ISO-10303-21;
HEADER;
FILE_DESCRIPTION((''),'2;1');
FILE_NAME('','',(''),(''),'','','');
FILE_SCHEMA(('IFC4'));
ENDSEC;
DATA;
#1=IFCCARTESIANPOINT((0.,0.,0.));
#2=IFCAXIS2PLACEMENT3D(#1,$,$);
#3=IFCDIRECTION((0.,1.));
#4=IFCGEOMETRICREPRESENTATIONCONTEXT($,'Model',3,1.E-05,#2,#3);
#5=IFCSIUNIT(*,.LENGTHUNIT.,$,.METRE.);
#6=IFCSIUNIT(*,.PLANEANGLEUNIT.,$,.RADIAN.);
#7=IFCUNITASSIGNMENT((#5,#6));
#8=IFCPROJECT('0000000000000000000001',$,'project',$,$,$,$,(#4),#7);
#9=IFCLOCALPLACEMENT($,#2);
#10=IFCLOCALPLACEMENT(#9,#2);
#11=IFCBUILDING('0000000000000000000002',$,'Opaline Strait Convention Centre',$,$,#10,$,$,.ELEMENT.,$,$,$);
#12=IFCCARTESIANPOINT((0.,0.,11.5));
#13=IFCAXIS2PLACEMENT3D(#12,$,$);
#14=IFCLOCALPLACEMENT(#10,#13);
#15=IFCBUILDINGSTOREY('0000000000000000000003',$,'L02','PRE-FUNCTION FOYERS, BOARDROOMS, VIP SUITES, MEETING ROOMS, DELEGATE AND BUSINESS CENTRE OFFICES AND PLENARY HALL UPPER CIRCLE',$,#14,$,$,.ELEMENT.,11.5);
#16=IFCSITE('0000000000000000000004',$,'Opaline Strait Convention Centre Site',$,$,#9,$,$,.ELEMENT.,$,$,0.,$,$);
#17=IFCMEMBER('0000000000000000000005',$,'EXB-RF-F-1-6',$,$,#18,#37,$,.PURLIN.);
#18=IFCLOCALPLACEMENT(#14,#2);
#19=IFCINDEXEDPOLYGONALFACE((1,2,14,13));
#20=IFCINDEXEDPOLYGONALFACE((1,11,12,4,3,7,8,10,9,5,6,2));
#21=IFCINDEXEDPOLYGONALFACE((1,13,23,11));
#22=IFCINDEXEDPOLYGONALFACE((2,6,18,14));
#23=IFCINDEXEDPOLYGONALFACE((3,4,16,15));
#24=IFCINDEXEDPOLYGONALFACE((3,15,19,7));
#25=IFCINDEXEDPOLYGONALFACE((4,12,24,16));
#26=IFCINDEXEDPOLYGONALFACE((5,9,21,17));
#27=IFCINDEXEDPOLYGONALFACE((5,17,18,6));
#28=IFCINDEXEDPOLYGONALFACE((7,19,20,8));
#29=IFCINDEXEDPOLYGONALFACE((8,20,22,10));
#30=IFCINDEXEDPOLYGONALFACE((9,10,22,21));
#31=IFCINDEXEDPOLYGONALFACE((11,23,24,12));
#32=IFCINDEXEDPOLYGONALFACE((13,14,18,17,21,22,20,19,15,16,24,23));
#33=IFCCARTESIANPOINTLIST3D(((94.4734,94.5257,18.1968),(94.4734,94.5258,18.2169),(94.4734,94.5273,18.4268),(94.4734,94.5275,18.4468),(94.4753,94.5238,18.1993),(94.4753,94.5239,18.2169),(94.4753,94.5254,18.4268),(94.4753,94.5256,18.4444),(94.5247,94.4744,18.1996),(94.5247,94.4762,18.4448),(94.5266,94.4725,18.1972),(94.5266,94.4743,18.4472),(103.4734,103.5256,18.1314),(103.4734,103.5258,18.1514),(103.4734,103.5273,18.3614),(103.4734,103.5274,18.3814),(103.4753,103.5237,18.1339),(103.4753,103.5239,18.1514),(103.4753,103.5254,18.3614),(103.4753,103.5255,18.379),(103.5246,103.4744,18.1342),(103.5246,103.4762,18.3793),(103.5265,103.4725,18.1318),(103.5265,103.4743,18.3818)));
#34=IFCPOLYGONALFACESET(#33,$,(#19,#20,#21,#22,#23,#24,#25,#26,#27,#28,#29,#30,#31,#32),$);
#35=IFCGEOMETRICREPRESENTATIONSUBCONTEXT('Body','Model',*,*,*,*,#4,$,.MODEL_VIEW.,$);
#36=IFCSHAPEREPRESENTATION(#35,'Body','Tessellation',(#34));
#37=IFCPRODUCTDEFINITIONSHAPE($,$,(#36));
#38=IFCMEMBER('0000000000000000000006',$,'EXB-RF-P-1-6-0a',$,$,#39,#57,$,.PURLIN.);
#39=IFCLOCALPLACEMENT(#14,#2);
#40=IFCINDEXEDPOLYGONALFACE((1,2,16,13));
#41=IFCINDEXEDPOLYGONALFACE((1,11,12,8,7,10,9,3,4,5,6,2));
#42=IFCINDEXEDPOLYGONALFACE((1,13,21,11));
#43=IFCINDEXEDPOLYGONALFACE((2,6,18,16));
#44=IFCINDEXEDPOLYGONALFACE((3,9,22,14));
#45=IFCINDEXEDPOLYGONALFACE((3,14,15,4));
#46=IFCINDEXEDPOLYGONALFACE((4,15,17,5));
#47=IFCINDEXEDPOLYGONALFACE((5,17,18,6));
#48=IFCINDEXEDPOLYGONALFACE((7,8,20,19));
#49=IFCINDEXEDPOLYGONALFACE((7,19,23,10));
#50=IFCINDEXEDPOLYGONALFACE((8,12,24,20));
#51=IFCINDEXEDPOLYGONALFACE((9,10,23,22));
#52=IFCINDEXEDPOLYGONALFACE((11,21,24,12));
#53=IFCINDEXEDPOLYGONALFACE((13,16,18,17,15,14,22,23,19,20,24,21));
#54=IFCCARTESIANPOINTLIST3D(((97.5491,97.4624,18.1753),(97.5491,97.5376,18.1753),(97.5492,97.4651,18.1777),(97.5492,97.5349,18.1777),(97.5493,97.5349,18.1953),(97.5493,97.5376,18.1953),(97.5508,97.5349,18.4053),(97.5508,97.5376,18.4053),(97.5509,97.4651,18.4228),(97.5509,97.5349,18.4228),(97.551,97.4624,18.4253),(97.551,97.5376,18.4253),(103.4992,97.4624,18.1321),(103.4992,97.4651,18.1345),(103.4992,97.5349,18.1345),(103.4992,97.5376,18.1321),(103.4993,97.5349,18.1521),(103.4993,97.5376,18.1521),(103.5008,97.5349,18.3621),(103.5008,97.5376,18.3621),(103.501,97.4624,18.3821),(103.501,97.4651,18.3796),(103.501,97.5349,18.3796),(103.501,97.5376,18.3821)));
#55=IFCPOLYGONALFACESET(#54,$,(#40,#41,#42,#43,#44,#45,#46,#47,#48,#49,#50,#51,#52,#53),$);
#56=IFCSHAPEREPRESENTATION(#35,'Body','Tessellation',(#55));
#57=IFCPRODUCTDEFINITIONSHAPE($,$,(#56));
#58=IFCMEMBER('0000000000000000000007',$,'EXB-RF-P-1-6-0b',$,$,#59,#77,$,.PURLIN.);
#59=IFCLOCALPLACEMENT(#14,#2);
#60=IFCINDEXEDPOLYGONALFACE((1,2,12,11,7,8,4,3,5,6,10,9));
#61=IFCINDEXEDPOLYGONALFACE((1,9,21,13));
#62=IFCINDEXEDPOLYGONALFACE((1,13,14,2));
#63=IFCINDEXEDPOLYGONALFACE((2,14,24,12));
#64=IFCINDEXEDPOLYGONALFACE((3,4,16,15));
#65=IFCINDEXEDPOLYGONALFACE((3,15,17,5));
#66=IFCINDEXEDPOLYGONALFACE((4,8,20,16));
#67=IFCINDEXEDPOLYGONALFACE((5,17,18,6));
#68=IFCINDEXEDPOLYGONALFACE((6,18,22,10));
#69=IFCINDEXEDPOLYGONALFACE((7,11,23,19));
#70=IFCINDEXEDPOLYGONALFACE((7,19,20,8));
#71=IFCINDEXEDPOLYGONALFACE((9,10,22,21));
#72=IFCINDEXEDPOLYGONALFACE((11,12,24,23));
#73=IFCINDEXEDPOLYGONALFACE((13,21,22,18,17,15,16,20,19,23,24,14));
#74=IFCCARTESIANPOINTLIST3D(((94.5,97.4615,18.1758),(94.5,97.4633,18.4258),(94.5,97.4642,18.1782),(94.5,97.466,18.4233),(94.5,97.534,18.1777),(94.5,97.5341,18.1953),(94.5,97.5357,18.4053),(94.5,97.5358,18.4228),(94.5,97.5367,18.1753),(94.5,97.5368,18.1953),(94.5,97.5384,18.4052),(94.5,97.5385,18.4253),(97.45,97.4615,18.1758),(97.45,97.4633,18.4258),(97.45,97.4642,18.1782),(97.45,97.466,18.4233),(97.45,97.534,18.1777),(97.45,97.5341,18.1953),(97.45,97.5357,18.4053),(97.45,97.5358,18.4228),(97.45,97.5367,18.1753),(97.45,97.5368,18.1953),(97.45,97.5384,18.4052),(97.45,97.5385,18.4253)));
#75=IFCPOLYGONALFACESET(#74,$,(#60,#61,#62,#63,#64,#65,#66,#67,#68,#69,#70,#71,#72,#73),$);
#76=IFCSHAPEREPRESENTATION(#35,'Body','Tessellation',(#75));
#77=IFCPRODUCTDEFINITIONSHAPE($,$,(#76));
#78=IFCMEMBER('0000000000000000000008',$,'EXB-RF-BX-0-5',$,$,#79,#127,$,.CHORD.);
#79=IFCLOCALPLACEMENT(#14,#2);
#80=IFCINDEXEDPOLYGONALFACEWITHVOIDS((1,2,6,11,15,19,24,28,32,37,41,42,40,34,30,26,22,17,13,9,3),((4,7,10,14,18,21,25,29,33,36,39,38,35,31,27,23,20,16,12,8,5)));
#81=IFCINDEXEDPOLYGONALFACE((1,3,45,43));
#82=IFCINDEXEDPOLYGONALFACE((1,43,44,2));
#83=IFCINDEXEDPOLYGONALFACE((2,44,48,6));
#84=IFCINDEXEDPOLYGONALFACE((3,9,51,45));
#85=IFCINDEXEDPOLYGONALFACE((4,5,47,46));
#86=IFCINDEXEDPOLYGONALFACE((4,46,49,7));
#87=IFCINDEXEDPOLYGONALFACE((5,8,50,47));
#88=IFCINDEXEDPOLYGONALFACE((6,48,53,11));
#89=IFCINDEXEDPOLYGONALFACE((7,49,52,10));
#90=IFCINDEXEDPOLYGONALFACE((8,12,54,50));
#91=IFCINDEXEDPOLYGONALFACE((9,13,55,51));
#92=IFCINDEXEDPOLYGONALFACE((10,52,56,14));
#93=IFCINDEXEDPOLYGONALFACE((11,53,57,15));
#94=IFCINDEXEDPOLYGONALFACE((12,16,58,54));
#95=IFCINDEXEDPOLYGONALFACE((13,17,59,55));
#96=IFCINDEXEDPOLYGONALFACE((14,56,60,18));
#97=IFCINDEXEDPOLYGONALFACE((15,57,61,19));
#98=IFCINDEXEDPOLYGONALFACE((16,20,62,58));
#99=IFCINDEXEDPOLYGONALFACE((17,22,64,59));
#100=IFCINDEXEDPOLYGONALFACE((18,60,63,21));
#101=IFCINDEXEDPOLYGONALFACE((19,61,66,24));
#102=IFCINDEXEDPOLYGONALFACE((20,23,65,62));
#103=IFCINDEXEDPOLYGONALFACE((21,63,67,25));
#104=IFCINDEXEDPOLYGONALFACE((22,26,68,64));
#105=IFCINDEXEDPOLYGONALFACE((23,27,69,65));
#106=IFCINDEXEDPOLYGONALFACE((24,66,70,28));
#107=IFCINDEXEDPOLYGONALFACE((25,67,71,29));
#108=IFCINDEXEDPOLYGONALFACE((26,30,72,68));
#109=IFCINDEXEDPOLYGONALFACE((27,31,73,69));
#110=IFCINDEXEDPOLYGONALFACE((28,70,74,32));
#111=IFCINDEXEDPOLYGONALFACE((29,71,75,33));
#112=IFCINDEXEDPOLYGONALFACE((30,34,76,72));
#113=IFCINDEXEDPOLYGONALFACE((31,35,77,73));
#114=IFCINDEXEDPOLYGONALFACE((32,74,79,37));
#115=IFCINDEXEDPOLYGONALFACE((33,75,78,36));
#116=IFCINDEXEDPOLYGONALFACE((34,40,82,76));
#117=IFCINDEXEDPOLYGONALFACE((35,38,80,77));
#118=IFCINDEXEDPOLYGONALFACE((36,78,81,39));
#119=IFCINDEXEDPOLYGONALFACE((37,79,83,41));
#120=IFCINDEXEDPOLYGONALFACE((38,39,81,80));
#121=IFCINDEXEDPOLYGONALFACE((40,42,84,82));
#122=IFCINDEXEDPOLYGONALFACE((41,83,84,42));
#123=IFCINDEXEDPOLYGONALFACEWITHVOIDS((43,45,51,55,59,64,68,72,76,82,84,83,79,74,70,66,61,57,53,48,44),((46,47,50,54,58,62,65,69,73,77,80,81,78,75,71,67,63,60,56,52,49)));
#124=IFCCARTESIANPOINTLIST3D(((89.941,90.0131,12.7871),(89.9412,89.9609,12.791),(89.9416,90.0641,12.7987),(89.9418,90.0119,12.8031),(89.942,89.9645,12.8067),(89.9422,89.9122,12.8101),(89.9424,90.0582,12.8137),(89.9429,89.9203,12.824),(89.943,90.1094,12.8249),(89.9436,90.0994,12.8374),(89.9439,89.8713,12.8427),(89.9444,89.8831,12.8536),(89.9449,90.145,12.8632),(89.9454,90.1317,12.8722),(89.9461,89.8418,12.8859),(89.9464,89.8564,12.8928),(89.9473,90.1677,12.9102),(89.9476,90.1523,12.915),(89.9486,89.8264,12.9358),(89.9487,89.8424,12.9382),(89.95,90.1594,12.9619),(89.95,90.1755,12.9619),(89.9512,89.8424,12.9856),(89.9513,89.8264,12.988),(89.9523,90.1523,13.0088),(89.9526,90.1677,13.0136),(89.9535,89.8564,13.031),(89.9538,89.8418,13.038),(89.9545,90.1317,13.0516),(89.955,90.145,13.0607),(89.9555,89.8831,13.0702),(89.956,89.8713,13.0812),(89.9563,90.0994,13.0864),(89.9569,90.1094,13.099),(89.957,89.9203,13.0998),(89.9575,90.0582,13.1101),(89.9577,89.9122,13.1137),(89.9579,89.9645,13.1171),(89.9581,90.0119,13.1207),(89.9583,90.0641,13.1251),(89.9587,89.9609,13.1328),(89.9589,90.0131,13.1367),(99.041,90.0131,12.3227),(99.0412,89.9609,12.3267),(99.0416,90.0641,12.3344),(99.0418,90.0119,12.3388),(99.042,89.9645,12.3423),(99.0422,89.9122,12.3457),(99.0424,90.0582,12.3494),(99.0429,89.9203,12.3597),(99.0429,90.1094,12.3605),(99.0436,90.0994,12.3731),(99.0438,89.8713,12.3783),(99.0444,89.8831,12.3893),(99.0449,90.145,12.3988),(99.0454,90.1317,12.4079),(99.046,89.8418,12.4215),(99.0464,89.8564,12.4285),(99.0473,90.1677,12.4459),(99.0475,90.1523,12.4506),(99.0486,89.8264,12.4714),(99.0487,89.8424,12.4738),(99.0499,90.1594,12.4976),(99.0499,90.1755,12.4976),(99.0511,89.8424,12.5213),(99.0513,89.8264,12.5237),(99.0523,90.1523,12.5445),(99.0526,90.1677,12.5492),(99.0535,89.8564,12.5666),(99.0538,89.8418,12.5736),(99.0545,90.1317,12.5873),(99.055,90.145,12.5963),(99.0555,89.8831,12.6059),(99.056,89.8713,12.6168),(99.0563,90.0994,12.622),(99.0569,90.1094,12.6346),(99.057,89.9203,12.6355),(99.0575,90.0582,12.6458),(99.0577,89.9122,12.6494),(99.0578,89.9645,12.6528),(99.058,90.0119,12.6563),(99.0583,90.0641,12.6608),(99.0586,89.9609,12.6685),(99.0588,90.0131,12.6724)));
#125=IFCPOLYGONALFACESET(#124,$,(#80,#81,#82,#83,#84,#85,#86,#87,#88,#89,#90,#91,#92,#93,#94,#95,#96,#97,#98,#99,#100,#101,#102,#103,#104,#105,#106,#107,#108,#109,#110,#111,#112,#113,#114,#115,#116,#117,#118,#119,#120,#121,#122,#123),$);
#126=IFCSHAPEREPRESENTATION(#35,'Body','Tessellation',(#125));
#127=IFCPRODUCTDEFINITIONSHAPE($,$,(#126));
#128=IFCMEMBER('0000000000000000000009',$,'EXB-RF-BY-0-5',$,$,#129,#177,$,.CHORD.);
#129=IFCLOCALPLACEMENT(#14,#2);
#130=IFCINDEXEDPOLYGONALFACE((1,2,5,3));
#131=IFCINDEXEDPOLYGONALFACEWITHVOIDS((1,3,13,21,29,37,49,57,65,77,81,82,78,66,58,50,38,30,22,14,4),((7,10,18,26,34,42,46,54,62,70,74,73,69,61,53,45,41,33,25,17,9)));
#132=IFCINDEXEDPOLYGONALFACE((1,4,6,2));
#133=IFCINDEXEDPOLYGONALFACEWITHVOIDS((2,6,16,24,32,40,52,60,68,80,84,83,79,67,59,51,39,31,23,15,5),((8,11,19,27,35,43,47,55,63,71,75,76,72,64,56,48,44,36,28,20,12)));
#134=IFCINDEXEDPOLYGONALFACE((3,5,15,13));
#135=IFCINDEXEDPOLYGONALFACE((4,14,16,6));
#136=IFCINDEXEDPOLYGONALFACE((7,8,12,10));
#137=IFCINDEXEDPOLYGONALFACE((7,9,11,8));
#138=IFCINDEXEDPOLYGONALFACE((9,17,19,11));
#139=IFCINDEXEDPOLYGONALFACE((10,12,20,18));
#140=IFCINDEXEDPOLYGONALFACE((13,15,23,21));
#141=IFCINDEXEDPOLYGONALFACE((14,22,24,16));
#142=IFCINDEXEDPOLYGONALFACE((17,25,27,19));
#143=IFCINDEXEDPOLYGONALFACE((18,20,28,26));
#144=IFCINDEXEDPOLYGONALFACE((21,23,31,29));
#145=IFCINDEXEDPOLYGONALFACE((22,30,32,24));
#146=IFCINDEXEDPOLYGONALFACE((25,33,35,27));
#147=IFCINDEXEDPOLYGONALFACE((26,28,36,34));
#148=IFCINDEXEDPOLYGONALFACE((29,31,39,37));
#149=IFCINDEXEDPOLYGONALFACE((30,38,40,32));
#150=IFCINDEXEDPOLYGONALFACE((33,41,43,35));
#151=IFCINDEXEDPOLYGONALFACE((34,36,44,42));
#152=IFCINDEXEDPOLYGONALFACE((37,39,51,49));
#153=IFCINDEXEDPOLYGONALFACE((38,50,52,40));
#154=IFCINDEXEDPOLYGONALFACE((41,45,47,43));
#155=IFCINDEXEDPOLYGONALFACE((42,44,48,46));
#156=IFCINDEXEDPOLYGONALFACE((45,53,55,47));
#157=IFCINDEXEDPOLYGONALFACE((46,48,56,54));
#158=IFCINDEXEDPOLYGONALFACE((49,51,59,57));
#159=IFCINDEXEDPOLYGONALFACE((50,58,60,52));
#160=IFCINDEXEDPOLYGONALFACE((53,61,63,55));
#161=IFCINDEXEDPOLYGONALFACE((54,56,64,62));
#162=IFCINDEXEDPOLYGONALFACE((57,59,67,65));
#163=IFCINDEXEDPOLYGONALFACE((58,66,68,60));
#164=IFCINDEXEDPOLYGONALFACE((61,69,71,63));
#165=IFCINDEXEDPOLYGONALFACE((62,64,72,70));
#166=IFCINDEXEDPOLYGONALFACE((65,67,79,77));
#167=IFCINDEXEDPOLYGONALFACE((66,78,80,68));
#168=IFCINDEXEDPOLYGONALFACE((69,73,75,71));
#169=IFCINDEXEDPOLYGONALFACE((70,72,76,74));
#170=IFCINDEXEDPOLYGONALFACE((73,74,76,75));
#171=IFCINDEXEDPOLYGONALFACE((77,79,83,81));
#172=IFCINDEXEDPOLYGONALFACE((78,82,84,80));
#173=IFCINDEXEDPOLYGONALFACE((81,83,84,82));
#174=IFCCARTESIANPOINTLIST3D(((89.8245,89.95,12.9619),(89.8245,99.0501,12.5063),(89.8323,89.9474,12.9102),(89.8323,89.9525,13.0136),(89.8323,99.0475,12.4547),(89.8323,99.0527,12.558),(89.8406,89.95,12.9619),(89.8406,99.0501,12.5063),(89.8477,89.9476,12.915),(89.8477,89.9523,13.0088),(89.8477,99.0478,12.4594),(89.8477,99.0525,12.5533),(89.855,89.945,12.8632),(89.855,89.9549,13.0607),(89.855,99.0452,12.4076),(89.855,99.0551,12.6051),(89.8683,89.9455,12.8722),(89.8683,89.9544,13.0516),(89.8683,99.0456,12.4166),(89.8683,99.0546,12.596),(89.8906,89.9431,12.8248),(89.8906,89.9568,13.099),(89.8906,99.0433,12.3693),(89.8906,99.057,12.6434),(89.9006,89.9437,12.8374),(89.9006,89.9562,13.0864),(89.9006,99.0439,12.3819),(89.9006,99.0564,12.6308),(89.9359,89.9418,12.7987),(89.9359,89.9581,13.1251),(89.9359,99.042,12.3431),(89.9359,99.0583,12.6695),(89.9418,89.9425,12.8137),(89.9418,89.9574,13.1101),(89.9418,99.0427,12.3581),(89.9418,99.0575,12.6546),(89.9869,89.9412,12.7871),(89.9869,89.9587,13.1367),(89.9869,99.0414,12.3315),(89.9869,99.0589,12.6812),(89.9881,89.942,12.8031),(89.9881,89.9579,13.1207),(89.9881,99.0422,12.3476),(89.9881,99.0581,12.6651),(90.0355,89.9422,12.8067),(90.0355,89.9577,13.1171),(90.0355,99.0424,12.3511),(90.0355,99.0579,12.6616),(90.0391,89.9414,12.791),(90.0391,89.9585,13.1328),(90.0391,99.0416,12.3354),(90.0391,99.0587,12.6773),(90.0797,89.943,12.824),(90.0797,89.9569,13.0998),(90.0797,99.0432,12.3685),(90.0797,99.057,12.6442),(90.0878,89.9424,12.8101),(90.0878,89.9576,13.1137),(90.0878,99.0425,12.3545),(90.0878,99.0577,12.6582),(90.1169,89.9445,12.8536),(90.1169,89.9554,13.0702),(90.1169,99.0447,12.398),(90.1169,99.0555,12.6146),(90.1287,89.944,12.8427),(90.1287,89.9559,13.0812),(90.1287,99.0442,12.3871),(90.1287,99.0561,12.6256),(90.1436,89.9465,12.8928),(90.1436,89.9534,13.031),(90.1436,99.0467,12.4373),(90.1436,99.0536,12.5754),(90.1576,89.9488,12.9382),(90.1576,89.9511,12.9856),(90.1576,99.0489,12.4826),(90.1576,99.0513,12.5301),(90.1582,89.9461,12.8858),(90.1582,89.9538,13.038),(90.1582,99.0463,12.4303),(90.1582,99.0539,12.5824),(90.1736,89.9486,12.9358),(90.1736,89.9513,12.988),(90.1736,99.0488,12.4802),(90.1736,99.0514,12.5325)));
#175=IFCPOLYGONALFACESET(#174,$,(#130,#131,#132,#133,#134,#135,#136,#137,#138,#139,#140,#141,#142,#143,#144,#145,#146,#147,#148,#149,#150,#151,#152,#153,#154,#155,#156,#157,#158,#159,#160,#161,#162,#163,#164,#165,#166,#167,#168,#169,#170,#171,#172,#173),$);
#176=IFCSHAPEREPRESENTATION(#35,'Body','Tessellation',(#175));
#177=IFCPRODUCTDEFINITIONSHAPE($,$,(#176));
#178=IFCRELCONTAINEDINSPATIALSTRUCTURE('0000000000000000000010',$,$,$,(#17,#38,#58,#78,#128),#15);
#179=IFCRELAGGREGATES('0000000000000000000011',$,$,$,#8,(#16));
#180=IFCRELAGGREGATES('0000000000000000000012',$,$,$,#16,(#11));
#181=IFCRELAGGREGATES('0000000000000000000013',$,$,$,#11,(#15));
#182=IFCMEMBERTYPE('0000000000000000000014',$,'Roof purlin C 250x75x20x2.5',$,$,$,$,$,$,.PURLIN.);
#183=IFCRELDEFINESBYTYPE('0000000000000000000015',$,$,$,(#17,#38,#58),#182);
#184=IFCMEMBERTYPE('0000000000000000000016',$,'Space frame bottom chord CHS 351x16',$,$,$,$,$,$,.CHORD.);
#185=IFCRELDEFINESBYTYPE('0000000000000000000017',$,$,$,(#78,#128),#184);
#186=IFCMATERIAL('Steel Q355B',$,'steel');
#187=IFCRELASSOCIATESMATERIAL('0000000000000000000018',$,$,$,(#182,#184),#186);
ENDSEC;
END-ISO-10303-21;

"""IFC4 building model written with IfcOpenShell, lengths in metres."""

from ifc_helpers import new_model, si_unit, direction, frame, origin, origin_2d, place, context, subcontext, project, spatial, polyline, hollow_circle, outline, extrude, material, material_profile, profile_set, type_object, element, save


model = new_model("IFC4")

# Units and contexts
model_context = context("Model", 3, precision=1e-05, world=origin(), true_north=direction((0.0, 1.0)))
body_context = subcontext(model_context, "Body", "Model", "MODEL_VIEW")
ifc_project = project(units=[si_unit("LENGTHUNIT", "METRE"), si_unit("PLANEANGLEUNIT", "RADIAN")], contexts=[model_context])

# Site, building, storey
site_placement = place(None, origin())
site = spatial("IfcSite", under=ifc_project, at=site_placement, Name="Opaline Strait Convention Centre Site", CompositionType="ELEMENT", RefElevation=0.0)
building_placement = place(site_placement, origin())
building = spatial("IfcBuilding", under=site, at=building_placement, Name="Opaline Strait Convention Centre", CompositionType="ELEMENT")
storey_placement = place(building_placement, frame((0.0, 0.0, 11.5)))
storey = spatial("IfcBuildingStorey", under=building, at=storey_placement, Name="L02", Description="PRE-FUNCTION FOYERS, BOARDROOMS, VIP SUITES, MEETING ROOMS, DELEGATE AND BUSINESS CENTRE OFFICES AND PLENARY HALL UPPER CIRCLE", CompositionType="ELEMENT", Elevation=11.5)

# Members
ifc_material_1 = material(Name="Steel Q355B", Category="steel")
ifc_material_profile_1 = material_profile(ifc_material_1, outline(polyline([(-0.0376, -0.125), (0.0376, -0.125), (0.0376, -0.105), (0.0349, -0.105), (0.0349, -0.1226), (-0.0349, -0.1226), (-0.0349, 0.1226), (0.0349, 0.1226), (0.0349, 0.105), (0.0376, 0.105), (0.0376, 0.125), (-0.0376, 0.125), (-0.0376, -0.125)])), Name="C 250x75x20x2.5")
ifc_profile_set_1 = profile_set([ifc_material_profile_1], Name="Steel Q355B")
member_type_1 = type_object("IfcMemberType", Name="Roof purlin C 250x75x20x2.5", PredefinedType="PURLIN", material=ifc_profile_set_1)
member_1_placement = place(storey_placement, frame((94.5, 94.5, 18.322), z_axis=(0.707097, 0.707097, -0.005141), x_axis=(-0.707116, 0.707079, -0.005143)))
element("IfcMember", 1, at=member_1_placement, inside=storey, type_object=member_type_1, Name="EXB-RF-F-1-6", PredefinedType="PURLIN", context=body_context, shape_type="SweptSolid", body=[
    extrude(outline(polyline([(-0.0376, -0.125), (0.0376, -0.125), (0.0376, -0.105), (0.0349, -0.105), (0.0349, -0.1226), (-0.0349, -0.1226), (-0.0349, 0.1226), (0.0349, 0.1226), (0.0349, 0.105), (0.0376, 0.105), (0.0376, 0.125), (-0.0376, 0.125), (-0.0376, -0.125)])), origin(), (0.0, 0.0, 1.0), 12.728),
])
member_2_placement = place(storey_placement, frame((97.55, 97.5, 18.3003), z_axis=(0.999974, 0.0, -0.007263), x_axis=(0.0, 1.0, 0.0)))
element("IfcMember", 2, at=member_2_placement, inside=storey, type_object=member_type_1, Name="EXB-RF-P-1-6-0a", PredefinedType="PURLIN", context=body_context, shape_type="SweptSolid", body=[
    extrude(outline(polyline([(-0.0376, -0.125), (0.0376, -0.125), (0.0376, -0.105), (0.0349, -0.105), (0.0349, -0.1226), (-0.0349, -0.1226), (-0.0349, 0.1226), (0.0349, 0.1226), (0.0349, 0.105), (0.0376, 0.105), (0.0376, 0.125), (-0.0376, 0.125), (-0.0376, -0.125)])), origin(), (0.0, 0.0, 1.0), 5.9502),
])
member_3_placement = place(storey_placement, frame((94.5, 97.5, 18.3005), z_axis=(1.0, 0.0, 0.0), x_axis=(0.0, 0.999974, -0.007274)))
element("IfcMember", 3, at=member_3_placement, inside=storey, type_object=member_type_1, Name="EXB-RF-P-1-6-0b", PredefinedType="PURLIN", context=body_context, shape_type="SweptSolid", body=[
    extrude(outline(polyline([(-0.0376, -0.125), (0.0376, -0.125), (0.0376, -0.105), (0.0349, -0.105), (0.0349, -0.1226), (-0.0349, -0.1226), (-0.0349, 0.1226), (0.0349, 0.1226), (0.0349, 0.105), (0.0376, 0.105), (0.0376, 0.125), (-0.0376, 0.125), (-0.0376, -0.125)])), origin(), (0.0, 0.0, 1.0), 2.95),
])
ifc_material_profile_2 = material_profile(ifc_material_1, hollow_circle(Radius=0.1755, WallThickness=0.0161, at=origin_2d()), Name="CHS 351x16")
ifc_profile_set_2 = profile_set([ifc_material_profile_2], Name="Steel Q355B")
member_type_2 = type_object("IfcMemberType", Name="Space frame bottom chord CHS 351x16", PredefinedType="CHORD", material=ifc_profile_set_2)
member_4_placement = place(storey_placement, frame((89.95, 90.0, 12.9619), z_axis=(0.998701, 0.0, -0.050961), x_axis=(0.0, 1.0, 0.0)))
element("IfcMember", 4, at=member_4_placement, inside=storey, type_object=member_type_2, Name="EXB-RF-BX-0-5", PredefinedType="CHORD", context=body_context, shape_type="SweptSolid", body=[
    extrude(hollow_circle(Radius=0.1755, WallThickness=0.0161, at=origin_2d()), origin(), (0.0, 0.0, 1.0), 9.1118),
])
member_5_placement = place(storey_placement, frame((90.0, 89.95, 12.9619), z_axis=(0.0, 0.998749, -0.049999), x_axis=(-1.0, 0.0, 0.0)))
element("IfcMember", 5, at=member_5_placement, inside=storey, type_object=member_type_2, Name="EXB-RF-BY-0-5", PredefinedType="CHORD", context=body_context, shape_type="SweptSolid", body=[
    extrude(hollow_circle(Radius=0.1755, WallThickness=0.0161, at=origin_2d()), origin(), (0.0, 0.0, 1.0), 9.1116),
])

save(model, "model.ifc")
